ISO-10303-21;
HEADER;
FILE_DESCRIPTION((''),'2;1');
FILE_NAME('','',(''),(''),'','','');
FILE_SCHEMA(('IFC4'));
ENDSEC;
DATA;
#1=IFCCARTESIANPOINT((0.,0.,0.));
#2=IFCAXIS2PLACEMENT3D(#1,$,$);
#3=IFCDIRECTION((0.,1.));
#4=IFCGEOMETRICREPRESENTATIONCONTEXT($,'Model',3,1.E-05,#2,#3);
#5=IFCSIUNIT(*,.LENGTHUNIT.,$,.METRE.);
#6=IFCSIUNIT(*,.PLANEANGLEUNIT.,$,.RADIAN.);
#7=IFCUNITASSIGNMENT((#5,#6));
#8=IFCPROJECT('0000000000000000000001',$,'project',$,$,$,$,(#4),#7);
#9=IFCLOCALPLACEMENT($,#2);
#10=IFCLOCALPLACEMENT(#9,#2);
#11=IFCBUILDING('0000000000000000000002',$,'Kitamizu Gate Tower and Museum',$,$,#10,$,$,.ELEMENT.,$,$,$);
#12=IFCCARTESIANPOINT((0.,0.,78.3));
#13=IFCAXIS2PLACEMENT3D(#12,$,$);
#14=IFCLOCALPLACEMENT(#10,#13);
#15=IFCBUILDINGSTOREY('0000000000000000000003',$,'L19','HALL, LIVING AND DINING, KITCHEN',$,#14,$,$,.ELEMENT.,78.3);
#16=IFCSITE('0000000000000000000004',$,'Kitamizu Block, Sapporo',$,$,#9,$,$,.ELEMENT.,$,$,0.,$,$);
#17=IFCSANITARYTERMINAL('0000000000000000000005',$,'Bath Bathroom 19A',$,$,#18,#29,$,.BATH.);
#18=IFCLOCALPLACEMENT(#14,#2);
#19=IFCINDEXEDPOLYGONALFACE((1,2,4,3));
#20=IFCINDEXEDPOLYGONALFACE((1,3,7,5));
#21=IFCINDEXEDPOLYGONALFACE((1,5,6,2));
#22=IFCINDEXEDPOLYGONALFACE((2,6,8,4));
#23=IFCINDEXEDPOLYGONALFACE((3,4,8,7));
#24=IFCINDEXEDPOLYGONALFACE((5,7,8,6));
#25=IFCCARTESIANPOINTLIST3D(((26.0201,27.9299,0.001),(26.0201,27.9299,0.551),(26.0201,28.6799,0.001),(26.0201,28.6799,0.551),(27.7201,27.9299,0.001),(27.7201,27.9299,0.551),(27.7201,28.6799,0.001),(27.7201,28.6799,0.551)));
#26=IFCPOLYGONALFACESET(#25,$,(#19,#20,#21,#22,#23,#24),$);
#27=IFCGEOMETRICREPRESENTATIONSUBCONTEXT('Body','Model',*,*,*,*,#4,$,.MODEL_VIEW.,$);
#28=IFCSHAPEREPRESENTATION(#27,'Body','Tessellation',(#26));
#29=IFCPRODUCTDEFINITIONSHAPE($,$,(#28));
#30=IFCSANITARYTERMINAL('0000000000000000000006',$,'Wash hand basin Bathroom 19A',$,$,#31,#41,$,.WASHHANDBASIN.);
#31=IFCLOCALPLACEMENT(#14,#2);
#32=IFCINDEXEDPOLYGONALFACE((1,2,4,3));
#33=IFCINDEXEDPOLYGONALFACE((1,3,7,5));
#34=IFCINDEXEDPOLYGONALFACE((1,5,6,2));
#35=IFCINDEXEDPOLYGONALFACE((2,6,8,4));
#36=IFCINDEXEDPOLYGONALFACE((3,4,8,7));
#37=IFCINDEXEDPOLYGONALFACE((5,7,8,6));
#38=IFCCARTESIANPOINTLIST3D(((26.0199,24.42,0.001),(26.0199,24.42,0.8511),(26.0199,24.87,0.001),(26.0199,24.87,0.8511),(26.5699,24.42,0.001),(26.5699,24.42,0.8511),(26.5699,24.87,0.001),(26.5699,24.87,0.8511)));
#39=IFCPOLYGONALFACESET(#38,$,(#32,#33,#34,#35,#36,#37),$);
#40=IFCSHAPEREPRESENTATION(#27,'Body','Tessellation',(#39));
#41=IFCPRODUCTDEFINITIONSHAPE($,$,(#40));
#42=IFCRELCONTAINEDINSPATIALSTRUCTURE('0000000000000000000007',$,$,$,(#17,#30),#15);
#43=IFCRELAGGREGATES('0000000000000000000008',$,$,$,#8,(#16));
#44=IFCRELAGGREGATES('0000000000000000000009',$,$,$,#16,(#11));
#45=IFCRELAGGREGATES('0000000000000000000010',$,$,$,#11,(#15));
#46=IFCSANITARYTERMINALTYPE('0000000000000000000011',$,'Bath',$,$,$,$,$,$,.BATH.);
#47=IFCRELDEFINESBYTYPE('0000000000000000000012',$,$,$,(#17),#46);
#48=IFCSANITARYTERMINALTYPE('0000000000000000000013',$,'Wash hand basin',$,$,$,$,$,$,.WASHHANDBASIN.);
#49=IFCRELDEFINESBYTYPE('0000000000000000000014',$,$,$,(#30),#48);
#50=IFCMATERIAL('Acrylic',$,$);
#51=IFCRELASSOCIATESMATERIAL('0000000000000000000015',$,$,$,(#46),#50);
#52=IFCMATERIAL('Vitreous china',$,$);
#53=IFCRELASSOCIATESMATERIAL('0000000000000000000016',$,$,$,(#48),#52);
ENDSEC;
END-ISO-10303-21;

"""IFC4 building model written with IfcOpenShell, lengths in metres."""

from ifc_helpers import new_model, si_unit, direction, frame, origin, origin_2d, place, context, subcontext, project, spatial, rectangle, extrude, material, type_object, element, save


model = new_model("IFC4")

# Units and contexts
model_context = context("Model", 3, precision=1e-05, world=origin(), true_north=direction((0.0, 1.0)))
body_context = subcontext(model_context, "Body", "Model", "MODEL_VIEW")
ifc_project = project(units=[si_unit("LENGTHUNIT", "METRE"), si_unit("PLANEANGLEUNIT", "RADIAN")], contexts=[model_context])

# Site, building, storey
site_placement = place(None, origin())
site = spatial("IfcSite", under=ifc_project, at=site_placement, Name="Kitamizu Block, Sapporo", CompositionType="ELEMENT", RefElevation=0.0)
building_placement = place(site_placement, origin())
building = spatial("IfcBuilding", under=site, at=building_placement, Name="Kitamizu Gate Tower and Museum", CompositionType="ELEMENT")
storey_placement = place(building_placement, frame((0.0, 0.0, 78.3)))
storey = spatial("IfcBuildingStorey", under=building, at=storey_placement, Name="L19", Description="HALL, LIVING AND DINING, KITCHEN", CompositionType="ELEMENT", Elevation=78.3)

# Sanitary terminals
ifc_material_1 = material(Name="Acrylic")
sanitary_terminal_type_1 = type_object("IfcSanitaryTerminalType", Name="Bath", PredefinedType="BATH", material=ifc_material_1)
sanitary_terminal_1_placement = place(storey_placement, frame((26.8701, 28.3049, 0.001), z_axis=(0.0, 0.0, 1.0), x_axis=(1.0, 0.0, 0.0)))
element("IfcSanitaryTerminal", 1, at=sanitary_terminal_1_placement, inside=storey, type_object=sanitary_terminal_type_1, Name="Bath Bathroom 19A", PredefinedType="BATH", context=body_context, shape_type="SweptSolid", body=[
    extrude(rectangle(XDim=1.7, YDim=0.75, at=origin_2d()), origin(), (0.0, 0.0, 1.0), 0.55),
])
ifc_material_2 = material(Name="Vitreous china")
sanitary_terminal_type_2 = type_object("IfcSanitaryTerminalType", Name="Wash hand basin", PredefinedType="WASHHANDBASIN", material=ifc_material_2)
sanitary_terminal_2_placement = place(storey_placement, frame((26.2949, 24.645, 0.001), z_axis=(0.0, 0.0, 1.0), x_axis=(1.0, 0.0, 0.0)))
element("IfcSanitaryTerminal", 2, at=sanitary_terminal_2_placement, inside=storey, type_object=sanitary_terminal_type_2, Name="Wash hand basin Bathroom 19A", PredefinedType="WASHHANDBASIN", context=body_context, shape_type="SweptSolid", body=[
    extrude(rectangle(XDim=0.55, YDim=0.45, at=origin_2d()), origin(), (0.0, 0.0, 1.0), 0.8501),
])

save(model, "model.ifc")
